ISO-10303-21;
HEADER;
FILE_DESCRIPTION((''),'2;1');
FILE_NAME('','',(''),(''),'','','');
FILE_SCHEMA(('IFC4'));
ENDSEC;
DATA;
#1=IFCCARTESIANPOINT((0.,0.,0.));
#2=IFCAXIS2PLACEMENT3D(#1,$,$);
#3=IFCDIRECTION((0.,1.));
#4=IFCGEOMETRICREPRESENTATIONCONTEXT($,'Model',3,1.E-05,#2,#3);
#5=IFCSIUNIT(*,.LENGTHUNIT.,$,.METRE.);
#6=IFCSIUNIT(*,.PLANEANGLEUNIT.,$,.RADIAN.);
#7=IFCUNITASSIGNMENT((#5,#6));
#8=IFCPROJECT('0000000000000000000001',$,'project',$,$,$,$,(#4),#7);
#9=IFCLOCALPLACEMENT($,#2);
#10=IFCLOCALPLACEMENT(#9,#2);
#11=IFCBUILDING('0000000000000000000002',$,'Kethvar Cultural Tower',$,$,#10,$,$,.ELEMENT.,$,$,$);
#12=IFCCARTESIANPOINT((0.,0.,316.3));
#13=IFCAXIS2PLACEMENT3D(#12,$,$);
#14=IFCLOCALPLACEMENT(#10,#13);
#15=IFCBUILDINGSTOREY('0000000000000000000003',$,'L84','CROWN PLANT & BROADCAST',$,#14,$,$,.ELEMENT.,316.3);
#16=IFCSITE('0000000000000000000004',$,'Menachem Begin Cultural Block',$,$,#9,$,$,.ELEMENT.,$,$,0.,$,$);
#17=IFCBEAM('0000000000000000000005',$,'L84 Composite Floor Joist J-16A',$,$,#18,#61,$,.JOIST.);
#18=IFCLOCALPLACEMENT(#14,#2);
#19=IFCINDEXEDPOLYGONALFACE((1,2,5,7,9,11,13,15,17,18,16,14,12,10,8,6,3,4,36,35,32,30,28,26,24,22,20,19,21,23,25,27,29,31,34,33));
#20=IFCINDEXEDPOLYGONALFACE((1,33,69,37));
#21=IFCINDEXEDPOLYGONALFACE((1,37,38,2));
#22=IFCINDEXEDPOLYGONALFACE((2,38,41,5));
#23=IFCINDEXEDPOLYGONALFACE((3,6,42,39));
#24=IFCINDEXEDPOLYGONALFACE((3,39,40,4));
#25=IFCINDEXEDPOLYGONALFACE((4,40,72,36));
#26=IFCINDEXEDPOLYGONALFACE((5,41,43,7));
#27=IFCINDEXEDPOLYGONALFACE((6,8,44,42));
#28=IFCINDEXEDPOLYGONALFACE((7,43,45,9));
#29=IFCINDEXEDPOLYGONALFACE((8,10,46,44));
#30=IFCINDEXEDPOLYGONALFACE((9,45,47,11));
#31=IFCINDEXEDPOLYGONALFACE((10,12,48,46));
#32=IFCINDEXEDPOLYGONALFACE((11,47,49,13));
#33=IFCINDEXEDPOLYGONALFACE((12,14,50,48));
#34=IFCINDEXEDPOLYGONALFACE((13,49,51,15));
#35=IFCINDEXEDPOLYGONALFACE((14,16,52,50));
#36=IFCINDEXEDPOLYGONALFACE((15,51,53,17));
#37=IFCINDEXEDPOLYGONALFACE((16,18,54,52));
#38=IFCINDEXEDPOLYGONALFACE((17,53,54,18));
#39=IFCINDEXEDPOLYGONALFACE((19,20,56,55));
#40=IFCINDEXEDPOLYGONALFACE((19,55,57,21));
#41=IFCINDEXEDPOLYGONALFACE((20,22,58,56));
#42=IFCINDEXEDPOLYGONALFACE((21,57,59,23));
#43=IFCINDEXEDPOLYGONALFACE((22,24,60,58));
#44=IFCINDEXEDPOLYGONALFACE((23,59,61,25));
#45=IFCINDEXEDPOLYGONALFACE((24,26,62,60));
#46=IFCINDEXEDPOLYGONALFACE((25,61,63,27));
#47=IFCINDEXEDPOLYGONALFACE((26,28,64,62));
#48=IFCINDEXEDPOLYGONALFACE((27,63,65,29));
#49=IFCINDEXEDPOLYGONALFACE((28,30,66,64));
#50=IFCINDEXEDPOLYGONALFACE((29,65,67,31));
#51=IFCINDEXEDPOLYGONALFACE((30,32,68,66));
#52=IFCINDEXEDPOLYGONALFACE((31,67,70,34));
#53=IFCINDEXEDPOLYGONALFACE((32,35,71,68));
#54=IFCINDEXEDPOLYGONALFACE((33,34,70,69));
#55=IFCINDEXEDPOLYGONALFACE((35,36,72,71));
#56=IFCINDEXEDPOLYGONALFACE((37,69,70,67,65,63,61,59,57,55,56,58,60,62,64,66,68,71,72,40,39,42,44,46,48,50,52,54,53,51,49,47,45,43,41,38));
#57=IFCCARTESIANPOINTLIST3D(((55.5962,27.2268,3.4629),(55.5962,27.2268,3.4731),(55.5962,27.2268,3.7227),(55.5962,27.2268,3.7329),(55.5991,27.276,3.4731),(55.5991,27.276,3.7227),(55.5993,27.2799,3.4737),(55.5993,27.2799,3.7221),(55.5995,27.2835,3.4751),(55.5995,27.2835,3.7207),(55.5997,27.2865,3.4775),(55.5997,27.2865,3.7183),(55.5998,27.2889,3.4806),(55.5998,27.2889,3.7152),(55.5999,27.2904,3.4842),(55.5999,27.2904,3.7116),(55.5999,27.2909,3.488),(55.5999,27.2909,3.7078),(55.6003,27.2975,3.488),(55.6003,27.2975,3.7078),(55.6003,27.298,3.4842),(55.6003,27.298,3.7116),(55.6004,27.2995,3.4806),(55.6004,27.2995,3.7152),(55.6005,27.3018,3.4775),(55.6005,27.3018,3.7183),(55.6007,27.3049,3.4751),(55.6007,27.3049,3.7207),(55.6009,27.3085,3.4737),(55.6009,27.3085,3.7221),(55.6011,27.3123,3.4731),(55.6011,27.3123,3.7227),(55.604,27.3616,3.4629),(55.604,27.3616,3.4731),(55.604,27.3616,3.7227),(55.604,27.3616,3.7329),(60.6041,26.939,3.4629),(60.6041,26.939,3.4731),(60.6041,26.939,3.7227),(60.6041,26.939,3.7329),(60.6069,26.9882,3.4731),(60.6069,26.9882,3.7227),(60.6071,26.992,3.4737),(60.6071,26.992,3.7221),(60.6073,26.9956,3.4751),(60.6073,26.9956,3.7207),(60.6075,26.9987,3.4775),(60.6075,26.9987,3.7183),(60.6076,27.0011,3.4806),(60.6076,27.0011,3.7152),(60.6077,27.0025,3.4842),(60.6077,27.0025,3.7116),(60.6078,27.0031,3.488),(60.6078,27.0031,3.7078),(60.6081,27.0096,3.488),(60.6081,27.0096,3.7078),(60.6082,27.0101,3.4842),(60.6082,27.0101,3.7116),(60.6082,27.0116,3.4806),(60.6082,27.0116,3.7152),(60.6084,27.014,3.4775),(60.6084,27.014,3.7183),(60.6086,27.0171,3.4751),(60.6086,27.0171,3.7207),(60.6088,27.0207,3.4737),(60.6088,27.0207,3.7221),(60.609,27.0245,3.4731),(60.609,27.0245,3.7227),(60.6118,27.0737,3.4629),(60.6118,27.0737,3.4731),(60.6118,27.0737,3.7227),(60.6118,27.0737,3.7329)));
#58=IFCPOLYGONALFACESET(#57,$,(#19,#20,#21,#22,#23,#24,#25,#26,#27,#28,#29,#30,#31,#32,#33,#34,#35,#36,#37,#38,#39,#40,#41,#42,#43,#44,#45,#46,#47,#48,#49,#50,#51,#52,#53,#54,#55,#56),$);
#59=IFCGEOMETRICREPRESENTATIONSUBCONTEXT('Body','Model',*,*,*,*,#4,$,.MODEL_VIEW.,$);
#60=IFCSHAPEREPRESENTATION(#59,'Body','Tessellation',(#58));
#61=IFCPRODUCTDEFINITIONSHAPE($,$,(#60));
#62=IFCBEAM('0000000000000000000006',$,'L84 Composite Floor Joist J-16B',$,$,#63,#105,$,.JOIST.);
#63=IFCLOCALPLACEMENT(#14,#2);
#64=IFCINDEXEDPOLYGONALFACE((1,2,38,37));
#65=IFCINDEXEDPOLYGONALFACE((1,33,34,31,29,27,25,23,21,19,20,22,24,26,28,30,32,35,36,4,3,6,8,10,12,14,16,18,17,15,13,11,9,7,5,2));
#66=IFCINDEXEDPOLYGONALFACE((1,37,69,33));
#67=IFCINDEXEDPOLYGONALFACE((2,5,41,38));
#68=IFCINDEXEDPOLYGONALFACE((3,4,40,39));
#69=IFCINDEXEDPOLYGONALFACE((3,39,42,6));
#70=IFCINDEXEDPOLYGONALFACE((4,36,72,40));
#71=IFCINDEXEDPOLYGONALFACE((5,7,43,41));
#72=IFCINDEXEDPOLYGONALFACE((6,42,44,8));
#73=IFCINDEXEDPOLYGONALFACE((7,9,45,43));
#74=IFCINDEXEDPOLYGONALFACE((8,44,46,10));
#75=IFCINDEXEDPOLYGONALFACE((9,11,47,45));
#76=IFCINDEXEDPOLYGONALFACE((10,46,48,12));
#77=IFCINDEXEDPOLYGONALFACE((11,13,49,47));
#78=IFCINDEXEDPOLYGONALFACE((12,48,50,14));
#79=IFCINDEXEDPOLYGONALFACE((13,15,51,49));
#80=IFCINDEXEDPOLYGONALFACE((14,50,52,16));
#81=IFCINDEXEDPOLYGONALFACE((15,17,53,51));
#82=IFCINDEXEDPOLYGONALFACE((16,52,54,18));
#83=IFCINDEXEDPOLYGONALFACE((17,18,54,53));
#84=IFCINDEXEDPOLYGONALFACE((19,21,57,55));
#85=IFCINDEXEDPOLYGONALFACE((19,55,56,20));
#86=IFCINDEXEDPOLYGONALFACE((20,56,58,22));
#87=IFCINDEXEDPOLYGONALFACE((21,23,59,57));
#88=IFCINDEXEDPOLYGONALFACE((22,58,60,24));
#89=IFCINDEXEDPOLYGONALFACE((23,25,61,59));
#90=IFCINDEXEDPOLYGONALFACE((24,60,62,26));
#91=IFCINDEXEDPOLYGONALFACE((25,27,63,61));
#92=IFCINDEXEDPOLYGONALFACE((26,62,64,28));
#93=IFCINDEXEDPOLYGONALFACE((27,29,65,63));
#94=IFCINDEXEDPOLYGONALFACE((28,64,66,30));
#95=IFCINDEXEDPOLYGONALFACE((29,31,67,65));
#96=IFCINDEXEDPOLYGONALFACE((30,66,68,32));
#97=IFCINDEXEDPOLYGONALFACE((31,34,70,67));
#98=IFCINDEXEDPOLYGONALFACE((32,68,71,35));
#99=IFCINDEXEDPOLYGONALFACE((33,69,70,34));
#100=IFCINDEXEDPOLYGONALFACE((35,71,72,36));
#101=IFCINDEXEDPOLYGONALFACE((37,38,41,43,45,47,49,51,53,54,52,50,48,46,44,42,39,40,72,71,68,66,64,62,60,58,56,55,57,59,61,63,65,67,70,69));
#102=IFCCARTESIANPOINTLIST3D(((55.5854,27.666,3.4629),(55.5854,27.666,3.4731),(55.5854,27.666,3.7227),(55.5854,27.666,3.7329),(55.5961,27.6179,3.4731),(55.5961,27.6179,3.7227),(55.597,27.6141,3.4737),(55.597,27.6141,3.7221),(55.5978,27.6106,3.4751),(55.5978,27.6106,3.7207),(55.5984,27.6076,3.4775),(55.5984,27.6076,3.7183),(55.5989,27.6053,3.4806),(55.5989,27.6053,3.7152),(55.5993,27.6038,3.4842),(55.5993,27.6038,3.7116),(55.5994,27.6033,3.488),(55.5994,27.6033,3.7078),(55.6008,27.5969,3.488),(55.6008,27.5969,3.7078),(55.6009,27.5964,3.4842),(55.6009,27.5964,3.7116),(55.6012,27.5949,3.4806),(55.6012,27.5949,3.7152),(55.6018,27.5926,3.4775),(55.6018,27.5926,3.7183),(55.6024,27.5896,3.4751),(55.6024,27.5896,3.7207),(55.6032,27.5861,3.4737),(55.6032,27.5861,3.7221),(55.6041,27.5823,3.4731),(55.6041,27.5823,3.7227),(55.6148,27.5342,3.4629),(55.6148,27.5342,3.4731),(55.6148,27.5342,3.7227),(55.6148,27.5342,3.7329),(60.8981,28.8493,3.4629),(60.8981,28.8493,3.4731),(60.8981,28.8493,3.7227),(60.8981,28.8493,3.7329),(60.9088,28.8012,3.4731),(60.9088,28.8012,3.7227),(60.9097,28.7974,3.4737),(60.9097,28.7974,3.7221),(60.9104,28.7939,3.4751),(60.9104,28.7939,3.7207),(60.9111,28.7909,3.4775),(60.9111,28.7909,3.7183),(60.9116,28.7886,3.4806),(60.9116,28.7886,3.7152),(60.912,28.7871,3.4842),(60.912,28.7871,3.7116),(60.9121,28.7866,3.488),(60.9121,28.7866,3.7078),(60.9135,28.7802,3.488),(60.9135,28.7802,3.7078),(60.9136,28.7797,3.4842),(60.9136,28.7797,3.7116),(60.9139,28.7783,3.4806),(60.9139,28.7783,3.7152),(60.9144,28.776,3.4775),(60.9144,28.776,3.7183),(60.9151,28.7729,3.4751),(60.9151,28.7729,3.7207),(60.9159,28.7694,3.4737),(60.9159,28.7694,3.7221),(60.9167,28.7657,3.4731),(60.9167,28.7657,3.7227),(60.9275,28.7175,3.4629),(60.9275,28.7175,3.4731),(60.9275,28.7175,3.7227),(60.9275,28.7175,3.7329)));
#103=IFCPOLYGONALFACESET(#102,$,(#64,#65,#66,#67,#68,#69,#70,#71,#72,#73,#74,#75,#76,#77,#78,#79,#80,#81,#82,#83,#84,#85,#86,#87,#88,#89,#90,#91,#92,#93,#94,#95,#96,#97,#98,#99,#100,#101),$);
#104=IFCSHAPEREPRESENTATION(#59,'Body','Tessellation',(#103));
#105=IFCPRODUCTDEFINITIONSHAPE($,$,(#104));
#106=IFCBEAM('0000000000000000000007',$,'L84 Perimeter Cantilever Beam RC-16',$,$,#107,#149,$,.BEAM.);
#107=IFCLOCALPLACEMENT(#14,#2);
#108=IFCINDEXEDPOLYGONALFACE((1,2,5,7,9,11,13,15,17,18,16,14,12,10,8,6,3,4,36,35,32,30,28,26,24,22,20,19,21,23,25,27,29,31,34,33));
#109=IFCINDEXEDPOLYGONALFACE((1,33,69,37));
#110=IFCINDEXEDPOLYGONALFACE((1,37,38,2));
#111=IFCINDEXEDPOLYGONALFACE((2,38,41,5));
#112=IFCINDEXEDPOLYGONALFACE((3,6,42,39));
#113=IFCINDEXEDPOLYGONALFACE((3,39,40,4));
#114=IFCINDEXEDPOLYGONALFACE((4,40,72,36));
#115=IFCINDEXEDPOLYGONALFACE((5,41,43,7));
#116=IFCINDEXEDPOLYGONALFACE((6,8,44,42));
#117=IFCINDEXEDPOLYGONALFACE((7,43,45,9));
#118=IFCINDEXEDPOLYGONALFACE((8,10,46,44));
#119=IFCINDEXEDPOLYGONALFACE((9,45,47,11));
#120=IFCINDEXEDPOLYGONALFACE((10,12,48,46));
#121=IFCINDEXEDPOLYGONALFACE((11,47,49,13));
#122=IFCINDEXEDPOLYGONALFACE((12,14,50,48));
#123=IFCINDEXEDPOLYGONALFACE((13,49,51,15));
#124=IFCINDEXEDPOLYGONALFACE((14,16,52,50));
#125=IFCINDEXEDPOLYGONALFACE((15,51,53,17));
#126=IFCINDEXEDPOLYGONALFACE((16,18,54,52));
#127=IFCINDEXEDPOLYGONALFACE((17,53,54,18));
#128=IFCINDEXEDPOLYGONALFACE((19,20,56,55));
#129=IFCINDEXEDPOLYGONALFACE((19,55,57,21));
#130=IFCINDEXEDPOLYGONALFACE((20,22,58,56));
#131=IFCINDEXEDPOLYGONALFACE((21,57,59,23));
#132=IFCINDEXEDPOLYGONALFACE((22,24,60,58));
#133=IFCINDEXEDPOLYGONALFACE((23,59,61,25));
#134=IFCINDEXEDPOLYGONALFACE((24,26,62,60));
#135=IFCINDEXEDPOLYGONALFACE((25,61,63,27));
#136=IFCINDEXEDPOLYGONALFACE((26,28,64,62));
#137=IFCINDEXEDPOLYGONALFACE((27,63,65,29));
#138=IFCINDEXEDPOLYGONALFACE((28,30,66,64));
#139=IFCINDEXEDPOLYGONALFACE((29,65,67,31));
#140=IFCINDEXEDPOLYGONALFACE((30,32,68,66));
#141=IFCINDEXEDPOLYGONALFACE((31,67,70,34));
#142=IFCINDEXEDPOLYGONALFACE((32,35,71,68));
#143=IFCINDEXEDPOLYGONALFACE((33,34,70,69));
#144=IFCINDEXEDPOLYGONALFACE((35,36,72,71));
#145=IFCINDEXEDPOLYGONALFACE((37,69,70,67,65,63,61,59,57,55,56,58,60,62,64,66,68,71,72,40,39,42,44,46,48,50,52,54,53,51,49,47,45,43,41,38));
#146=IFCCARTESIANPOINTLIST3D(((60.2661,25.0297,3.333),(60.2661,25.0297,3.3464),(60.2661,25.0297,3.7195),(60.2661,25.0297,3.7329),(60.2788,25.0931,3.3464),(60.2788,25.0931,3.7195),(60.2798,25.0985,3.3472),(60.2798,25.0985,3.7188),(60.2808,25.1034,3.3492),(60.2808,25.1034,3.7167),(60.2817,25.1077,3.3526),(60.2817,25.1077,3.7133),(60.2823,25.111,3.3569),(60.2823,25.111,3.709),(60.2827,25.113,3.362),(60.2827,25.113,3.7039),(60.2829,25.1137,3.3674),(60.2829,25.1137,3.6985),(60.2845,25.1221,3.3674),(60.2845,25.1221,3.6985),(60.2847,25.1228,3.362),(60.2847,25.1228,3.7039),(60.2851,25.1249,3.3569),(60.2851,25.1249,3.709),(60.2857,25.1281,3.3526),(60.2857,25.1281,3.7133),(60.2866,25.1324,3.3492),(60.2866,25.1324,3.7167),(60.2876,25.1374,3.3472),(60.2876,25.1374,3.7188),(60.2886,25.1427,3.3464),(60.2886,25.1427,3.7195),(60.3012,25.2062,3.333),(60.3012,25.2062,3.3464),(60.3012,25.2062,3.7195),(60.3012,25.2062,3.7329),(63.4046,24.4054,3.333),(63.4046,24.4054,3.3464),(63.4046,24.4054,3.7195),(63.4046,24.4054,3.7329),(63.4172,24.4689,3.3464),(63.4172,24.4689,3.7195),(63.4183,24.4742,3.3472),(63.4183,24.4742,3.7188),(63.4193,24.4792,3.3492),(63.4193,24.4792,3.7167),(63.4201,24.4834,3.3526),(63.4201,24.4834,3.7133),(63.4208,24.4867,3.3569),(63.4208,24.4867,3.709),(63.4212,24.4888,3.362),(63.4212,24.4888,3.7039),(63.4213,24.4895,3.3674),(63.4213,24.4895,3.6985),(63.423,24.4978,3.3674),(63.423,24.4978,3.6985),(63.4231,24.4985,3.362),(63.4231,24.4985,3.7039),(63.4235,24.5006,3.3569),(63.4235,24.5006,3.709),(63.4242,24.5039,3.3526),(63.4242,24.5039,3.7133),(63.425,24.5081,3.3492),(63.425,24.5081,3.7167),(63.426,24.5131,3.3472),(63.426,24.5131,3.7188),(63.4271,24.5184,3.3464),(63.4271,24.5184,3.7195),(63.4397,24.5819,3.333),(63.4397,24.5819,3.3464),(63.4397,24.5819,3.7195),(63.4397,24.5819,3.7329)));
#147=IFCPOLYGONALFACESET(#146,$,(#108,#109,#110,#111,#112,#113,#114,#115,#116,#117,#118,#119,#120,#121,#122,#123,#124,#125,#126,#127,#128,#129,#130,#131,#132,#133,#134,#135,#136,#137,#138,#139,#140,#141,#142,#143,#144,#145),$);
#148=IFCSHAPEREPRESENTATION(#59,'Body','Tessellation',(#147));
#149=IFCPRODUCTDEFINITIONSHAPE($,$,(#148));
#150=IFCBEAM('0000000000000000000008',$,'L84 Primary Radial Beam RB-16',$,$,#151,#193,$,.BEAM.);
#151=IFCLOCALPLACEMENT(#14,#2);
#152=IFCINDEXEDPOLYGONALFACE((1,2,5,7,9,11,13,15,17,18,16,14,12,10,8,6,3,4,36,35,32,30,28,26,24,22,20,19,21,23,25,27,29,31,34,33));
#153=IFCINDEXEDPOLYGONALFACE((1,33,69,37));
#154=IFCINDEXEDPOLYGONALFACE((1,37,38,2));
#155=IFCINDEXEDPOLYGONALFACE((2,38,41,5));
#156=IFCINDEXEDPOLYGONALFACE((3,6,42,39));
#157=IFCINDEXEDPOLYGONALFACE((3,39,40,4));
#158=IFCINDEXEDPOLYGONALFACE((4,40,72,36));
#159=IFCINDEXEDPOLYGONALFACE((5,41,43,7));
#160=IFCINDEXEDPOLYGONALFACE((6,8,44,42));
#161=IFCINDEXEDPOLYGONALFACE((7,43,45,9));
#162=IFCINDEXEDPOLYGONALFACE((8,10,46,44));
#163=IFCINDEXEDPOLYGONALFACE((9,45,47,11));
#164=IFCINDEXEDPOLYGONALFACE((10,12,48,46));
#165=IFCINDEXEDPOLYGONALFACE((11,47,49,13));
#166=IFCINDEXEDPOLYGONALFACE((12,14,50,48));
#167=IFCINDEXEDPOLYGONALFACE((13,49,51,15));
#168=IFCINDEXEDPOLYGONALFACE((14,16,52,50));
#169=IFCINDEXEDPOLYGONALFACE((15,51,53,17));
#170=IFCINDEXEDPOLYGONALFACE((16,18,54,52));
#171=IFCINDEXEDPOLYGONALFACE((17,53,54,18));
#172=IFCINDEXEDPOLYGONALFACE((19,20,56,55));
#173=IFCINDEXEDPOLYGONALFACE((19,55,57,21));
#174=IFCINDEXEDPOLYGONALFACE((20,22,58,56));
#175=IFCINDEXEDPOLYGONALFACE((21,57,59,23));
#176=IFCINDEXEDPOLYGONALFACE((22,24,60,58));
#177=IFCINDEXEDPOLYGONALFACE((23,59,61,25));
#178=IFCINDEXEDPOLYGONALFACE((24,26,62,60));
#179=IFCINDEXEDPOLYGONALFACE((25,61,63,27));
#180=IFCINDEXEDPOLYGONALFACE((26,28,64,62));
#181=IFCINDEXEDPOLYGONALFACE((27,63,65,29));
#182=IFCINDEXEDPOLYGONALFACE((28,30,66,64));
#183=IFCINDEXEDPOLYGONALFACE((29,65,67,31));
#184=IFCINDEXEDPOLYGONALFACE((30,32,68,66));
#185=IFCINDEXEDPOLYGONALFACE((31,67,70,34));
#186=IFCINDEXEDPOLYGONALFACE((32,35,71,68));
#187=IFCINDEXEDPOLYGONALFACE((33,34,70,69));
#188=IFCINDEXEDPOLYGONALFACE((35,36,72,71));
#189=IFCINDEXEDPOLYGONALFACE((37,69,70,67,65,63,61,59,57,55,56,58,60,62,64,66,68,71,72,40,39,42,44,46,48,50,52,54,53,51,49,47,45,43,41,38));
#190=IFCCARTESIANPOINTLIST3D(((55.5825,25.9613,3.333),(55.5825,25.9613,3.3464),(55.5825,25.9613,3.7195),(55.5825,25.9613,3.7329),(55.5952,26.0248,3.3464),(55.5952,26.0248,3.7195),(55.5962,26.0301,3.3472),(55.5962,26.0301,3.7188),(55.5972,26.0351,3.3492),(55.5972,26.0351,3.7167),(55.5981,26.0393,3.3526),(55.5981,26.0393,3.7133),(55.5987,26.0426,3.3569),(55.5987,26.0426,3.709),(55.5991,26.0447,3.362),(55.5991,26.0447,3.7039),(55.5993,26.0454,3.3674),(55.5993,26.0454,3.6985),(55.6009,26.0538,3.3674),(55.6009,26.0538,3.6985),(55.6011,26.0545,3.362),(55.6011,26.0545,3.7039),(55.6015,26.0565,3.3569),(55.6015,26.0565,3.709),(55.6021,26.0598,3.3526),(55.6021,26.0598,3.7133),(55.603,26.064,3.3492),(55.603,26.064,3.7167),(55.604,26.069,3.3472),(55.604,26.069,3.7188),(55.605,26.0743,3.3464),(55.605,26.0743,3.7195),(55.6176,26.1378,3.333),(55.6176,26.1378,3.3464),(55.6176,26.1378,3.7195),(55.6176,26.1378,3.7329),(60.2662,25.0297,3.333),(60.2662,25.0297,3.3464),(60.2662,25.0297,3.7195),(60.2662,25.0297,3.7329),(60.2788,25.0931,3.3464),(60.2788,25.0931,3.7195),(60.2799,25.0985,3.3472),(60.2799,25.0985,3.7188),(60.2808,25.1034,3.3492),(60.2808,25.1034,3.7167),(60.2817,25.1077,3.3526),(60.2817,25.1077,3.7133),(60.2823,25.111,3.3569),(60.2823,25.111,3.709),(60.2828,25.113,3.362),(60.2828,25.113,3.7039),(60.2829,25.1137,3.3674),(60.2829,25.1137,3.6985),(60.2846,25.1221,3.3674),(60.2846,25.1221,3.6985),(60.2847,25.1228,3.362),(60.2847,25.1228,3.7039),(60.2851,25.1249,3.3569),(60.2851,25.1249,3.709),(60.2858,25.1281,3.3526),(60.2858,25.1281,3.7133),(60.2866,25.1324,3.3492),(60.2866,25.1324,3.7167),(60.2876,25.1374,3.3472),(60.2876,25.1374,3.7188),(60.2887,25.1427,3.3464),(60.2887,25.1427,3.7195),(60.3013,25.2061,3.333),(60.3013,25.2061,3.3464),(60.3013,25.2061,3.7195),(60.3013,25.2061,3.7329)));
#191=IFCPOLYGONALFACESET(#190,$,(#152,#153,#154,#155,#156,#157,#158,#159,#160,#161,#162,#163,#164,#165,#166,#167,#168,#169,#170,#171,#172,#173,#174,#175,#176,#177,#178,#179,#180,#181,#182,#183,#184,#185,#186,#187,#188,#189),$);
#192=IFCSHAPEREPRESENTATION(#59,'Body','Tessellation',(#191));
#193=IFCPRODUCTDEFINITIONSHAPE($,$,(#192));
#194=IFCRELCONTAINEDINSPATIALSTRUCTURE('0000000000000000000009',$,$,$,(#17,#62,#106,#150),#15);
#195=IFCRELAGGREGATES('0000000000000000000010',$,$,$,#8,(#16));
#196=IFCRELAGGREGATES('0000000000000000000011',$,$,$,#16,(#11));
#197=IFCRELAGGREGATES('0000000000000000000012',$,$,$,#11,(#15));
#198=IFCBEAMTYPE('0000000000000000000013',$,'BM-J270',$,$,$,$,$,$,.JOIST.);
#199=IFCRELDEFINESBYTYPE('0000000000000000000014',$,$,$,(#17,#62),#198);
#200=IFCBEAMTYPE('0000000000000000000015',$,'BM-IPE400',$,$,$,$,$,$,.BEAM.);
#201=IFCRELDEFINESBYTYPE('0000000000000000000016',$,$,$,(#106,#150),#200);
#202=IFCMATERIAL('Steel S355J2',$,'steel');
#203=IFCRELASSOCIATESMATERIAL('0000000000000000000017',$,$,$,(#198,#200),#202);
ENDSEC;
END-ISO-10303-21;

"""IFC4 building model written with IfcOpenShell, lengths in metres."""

from ifc_helpers import new_model, si_unit, direction, frame, origin, origin_2d, place, context, subcontext, project, spatial, i_section, extrude, source, transform, mapped, material, material_profile, profile_set, type_object, element, save


model = new_model("IFC4")

# Units and contexts
model_context = context("Model", 3, precision=1e-05, world=origin(), true_north=direction((0.0, 1.0)))
body_context = subcontext(model_context, "Body", "Model", "MODEL_VIEW")
ifc_project = project(units=[si_unit("LENGTHUNIT", "METRE"), si_unit("PLANEANGLEUNIT", "RADIAN")], contexts=[model_context])

# Site, building, storey
site_placement = place(None, origin())
site = spatial("IfcSite", under=ifc_project, at=site_placement, Name="Menachem Begin Cultural Block", CompositionType="ELEMENT", RefElevation=0.0)
building_placement = place(site_placement, origin())
building = spatial("IfcBuilding", under=site, at=building_placement, Name="Kethvar Cultural Tower", CompositionType="ELEMENT")
storey_placement = place(building_placement, frame((0.0, 0.0, 316.3)))
storey = spatial("IfcBuildingStorey", under=building, at=storey_placement, Name="L84", Description="CROWN PLANT & BROADCAST", CompositionType="ELEMENT", Elevation=316.3)

# Shared definitions
ifc_material_1 = material(Name="Steel S355J2", Category="steel")

# Beams
ifc_material_profile_1 = material_profile(ifc_material_1, i_section(OverallWidth=0.135, OverallDepth=0.27, WebThickness=0.0066, FlangeThickness=0.0103, FilletRadius=0.0149, at=origin_2d()), Name="Steel S355J2 — IPE270")
ifc_profile_set_1 = profile_set([ifc_material_profile_1], Name="Steel S355J2 — IPE270")
beam_type_1 = type_object("IfcBeamType", Name="BM-J270", PredefinedType="JOIST", material=ifc_profile_set_1)
shared_shape_1 = source(origin(), body_context, "Body", "SweptSolid", [
    extrude(i_section(OverallWidth=0.135, OverallDepth=0.27, WebThickness=0.0066, FlangeThickness=0.0103, FilletRadius=0.0149, at=origin_2d()), origin(), (0.0, 0.0, 1.0), 5.0161),
])
beam_1_placement = place(storey_placement, frame((55.6001, 27.2942, 3.5979), z_axis=(0.998352, -0.057384, 0.0), x_axis=(0.057384, 0.998352, 0.0)))
element("IfcBeam", 1, at=beam_1_placement, inside=storey, type_object=beam_type_1, Name="L84 Composite Floor Joist J-16A", PredefinedType="JOIST", context=body_context, shape_type="MappedRepresentation", body=[
    mapped(shared_shape_1, transform((0.0, 0.0, 0.0), scale=1.0)),
])
shared_shape_2 = source(origin(), body_context, "Body", "SweptSolid", [
    extrude(i_section(OverallWidth=0.135, OverallDepth=0.27, WebThickness=0.0066, FlangeThickness=0.0103, FilletRadius=0.0149, at=origin_2d()), origin(), (0.0, 0.0, 1.0), 5.4429),
])
beam_2_placement = place(storey_placement, frame((55.6001, 27.6001, 3.5979), z_axis=(0.97608, 0.21741, 0.0), x_axis=(-0.21741, 0.97608, 0.0)))
element("IfcBeam", 2, at=beam_2_placement, inside=storey, type_object=beam_type_1, Name="L84 Composite Floor Joist J-16B", PredefinedType="JOIST", context=body_context, shape_type="MappedRepresentation", body=[
    mapped(shared_shape_2, transform((0.0, 0.0, 0.0), scale=1.0)),
])
ifc_material_profile_2 = material_profile(ifc_material_1, i_section(OverallWidth=0.1799, OverallDepth=0.3999, WebThickness=0.0085, FlangeThickness=0.0134, FilletRadius=0.021, at=origin_2d()), Name="Steel S355J2 — IPE400")
ifc_profile_set_2 = profile_set([ifc_material_profile_2], Name="Steel S355J2 — IPE400")
beam_type_2 = type_object("IfcBeamType", Name="BM-IPE400", PredefinedType="BEAM", material=ifc_profile_set_2)
shared_shape_3 = source(origin(), body_context, "Body", "SweptSolid", [
    extrude(i_section(OverallWidth=0.1799, OverallDepth=0.3999, WebThickness=0.0085, FlangeThickness=0.0134, FilletRadius=0.021, at=origin_2d()), origin(), (0.0, 0.0, 1.0), 3.2),
])
beam_3_placement = place(storey_placement, frame((60.2837, 25.1179, 3.533), z_axis=(0.980786, -0.195089, 0.0), x_axis=(0.195089, 0.980786, 0.0)))
element("IfcBeam", 3, at=beam_3_placement, inside=storey, type_object=beam_type_2, Name="L84 Perimeter Cantilever Beam RC-16", PredefinedType="BEAM", context=body_context, shape_type="MappedRepresentation", body=[
    mapped(shared_shape_3, transform((0.0, 0.0, 0.0), scale=1.0)),
])
shared_shape_4 = source(origin(), body_context, "Body", "SweptSolid", [
    extrude(i_section(OverallWidth=0.1799, OverallDepth=0.3999, WebThickness=0.0085, FlangeThickness=0.0134, FilletRadius=0.021, at=origin_2d()), origin(), (0.0, 0.0, 1.0), 4.7754),
])
beam_4_placement = place(storey_placement, frame((55.6001, 26.0496, 3.533), z_axis=(0.980785, -0.195094, 0.0), x_axis=(0.195094, 0.980785, 0.0)))
element("IfcBeam", 4, at=beam_4_placement, inside=storey, type_object=beam_type_2, Name="L84 Primary Radial Beam RB-16", PredefinedType="BEAM", context=body_context, shape_type="MappedRepresentation", body=[
    mapped(shared_shape_4, transform((0.0, 0.0, 0.0), scale=1.0)),
])

save(model, "model.ifc")
